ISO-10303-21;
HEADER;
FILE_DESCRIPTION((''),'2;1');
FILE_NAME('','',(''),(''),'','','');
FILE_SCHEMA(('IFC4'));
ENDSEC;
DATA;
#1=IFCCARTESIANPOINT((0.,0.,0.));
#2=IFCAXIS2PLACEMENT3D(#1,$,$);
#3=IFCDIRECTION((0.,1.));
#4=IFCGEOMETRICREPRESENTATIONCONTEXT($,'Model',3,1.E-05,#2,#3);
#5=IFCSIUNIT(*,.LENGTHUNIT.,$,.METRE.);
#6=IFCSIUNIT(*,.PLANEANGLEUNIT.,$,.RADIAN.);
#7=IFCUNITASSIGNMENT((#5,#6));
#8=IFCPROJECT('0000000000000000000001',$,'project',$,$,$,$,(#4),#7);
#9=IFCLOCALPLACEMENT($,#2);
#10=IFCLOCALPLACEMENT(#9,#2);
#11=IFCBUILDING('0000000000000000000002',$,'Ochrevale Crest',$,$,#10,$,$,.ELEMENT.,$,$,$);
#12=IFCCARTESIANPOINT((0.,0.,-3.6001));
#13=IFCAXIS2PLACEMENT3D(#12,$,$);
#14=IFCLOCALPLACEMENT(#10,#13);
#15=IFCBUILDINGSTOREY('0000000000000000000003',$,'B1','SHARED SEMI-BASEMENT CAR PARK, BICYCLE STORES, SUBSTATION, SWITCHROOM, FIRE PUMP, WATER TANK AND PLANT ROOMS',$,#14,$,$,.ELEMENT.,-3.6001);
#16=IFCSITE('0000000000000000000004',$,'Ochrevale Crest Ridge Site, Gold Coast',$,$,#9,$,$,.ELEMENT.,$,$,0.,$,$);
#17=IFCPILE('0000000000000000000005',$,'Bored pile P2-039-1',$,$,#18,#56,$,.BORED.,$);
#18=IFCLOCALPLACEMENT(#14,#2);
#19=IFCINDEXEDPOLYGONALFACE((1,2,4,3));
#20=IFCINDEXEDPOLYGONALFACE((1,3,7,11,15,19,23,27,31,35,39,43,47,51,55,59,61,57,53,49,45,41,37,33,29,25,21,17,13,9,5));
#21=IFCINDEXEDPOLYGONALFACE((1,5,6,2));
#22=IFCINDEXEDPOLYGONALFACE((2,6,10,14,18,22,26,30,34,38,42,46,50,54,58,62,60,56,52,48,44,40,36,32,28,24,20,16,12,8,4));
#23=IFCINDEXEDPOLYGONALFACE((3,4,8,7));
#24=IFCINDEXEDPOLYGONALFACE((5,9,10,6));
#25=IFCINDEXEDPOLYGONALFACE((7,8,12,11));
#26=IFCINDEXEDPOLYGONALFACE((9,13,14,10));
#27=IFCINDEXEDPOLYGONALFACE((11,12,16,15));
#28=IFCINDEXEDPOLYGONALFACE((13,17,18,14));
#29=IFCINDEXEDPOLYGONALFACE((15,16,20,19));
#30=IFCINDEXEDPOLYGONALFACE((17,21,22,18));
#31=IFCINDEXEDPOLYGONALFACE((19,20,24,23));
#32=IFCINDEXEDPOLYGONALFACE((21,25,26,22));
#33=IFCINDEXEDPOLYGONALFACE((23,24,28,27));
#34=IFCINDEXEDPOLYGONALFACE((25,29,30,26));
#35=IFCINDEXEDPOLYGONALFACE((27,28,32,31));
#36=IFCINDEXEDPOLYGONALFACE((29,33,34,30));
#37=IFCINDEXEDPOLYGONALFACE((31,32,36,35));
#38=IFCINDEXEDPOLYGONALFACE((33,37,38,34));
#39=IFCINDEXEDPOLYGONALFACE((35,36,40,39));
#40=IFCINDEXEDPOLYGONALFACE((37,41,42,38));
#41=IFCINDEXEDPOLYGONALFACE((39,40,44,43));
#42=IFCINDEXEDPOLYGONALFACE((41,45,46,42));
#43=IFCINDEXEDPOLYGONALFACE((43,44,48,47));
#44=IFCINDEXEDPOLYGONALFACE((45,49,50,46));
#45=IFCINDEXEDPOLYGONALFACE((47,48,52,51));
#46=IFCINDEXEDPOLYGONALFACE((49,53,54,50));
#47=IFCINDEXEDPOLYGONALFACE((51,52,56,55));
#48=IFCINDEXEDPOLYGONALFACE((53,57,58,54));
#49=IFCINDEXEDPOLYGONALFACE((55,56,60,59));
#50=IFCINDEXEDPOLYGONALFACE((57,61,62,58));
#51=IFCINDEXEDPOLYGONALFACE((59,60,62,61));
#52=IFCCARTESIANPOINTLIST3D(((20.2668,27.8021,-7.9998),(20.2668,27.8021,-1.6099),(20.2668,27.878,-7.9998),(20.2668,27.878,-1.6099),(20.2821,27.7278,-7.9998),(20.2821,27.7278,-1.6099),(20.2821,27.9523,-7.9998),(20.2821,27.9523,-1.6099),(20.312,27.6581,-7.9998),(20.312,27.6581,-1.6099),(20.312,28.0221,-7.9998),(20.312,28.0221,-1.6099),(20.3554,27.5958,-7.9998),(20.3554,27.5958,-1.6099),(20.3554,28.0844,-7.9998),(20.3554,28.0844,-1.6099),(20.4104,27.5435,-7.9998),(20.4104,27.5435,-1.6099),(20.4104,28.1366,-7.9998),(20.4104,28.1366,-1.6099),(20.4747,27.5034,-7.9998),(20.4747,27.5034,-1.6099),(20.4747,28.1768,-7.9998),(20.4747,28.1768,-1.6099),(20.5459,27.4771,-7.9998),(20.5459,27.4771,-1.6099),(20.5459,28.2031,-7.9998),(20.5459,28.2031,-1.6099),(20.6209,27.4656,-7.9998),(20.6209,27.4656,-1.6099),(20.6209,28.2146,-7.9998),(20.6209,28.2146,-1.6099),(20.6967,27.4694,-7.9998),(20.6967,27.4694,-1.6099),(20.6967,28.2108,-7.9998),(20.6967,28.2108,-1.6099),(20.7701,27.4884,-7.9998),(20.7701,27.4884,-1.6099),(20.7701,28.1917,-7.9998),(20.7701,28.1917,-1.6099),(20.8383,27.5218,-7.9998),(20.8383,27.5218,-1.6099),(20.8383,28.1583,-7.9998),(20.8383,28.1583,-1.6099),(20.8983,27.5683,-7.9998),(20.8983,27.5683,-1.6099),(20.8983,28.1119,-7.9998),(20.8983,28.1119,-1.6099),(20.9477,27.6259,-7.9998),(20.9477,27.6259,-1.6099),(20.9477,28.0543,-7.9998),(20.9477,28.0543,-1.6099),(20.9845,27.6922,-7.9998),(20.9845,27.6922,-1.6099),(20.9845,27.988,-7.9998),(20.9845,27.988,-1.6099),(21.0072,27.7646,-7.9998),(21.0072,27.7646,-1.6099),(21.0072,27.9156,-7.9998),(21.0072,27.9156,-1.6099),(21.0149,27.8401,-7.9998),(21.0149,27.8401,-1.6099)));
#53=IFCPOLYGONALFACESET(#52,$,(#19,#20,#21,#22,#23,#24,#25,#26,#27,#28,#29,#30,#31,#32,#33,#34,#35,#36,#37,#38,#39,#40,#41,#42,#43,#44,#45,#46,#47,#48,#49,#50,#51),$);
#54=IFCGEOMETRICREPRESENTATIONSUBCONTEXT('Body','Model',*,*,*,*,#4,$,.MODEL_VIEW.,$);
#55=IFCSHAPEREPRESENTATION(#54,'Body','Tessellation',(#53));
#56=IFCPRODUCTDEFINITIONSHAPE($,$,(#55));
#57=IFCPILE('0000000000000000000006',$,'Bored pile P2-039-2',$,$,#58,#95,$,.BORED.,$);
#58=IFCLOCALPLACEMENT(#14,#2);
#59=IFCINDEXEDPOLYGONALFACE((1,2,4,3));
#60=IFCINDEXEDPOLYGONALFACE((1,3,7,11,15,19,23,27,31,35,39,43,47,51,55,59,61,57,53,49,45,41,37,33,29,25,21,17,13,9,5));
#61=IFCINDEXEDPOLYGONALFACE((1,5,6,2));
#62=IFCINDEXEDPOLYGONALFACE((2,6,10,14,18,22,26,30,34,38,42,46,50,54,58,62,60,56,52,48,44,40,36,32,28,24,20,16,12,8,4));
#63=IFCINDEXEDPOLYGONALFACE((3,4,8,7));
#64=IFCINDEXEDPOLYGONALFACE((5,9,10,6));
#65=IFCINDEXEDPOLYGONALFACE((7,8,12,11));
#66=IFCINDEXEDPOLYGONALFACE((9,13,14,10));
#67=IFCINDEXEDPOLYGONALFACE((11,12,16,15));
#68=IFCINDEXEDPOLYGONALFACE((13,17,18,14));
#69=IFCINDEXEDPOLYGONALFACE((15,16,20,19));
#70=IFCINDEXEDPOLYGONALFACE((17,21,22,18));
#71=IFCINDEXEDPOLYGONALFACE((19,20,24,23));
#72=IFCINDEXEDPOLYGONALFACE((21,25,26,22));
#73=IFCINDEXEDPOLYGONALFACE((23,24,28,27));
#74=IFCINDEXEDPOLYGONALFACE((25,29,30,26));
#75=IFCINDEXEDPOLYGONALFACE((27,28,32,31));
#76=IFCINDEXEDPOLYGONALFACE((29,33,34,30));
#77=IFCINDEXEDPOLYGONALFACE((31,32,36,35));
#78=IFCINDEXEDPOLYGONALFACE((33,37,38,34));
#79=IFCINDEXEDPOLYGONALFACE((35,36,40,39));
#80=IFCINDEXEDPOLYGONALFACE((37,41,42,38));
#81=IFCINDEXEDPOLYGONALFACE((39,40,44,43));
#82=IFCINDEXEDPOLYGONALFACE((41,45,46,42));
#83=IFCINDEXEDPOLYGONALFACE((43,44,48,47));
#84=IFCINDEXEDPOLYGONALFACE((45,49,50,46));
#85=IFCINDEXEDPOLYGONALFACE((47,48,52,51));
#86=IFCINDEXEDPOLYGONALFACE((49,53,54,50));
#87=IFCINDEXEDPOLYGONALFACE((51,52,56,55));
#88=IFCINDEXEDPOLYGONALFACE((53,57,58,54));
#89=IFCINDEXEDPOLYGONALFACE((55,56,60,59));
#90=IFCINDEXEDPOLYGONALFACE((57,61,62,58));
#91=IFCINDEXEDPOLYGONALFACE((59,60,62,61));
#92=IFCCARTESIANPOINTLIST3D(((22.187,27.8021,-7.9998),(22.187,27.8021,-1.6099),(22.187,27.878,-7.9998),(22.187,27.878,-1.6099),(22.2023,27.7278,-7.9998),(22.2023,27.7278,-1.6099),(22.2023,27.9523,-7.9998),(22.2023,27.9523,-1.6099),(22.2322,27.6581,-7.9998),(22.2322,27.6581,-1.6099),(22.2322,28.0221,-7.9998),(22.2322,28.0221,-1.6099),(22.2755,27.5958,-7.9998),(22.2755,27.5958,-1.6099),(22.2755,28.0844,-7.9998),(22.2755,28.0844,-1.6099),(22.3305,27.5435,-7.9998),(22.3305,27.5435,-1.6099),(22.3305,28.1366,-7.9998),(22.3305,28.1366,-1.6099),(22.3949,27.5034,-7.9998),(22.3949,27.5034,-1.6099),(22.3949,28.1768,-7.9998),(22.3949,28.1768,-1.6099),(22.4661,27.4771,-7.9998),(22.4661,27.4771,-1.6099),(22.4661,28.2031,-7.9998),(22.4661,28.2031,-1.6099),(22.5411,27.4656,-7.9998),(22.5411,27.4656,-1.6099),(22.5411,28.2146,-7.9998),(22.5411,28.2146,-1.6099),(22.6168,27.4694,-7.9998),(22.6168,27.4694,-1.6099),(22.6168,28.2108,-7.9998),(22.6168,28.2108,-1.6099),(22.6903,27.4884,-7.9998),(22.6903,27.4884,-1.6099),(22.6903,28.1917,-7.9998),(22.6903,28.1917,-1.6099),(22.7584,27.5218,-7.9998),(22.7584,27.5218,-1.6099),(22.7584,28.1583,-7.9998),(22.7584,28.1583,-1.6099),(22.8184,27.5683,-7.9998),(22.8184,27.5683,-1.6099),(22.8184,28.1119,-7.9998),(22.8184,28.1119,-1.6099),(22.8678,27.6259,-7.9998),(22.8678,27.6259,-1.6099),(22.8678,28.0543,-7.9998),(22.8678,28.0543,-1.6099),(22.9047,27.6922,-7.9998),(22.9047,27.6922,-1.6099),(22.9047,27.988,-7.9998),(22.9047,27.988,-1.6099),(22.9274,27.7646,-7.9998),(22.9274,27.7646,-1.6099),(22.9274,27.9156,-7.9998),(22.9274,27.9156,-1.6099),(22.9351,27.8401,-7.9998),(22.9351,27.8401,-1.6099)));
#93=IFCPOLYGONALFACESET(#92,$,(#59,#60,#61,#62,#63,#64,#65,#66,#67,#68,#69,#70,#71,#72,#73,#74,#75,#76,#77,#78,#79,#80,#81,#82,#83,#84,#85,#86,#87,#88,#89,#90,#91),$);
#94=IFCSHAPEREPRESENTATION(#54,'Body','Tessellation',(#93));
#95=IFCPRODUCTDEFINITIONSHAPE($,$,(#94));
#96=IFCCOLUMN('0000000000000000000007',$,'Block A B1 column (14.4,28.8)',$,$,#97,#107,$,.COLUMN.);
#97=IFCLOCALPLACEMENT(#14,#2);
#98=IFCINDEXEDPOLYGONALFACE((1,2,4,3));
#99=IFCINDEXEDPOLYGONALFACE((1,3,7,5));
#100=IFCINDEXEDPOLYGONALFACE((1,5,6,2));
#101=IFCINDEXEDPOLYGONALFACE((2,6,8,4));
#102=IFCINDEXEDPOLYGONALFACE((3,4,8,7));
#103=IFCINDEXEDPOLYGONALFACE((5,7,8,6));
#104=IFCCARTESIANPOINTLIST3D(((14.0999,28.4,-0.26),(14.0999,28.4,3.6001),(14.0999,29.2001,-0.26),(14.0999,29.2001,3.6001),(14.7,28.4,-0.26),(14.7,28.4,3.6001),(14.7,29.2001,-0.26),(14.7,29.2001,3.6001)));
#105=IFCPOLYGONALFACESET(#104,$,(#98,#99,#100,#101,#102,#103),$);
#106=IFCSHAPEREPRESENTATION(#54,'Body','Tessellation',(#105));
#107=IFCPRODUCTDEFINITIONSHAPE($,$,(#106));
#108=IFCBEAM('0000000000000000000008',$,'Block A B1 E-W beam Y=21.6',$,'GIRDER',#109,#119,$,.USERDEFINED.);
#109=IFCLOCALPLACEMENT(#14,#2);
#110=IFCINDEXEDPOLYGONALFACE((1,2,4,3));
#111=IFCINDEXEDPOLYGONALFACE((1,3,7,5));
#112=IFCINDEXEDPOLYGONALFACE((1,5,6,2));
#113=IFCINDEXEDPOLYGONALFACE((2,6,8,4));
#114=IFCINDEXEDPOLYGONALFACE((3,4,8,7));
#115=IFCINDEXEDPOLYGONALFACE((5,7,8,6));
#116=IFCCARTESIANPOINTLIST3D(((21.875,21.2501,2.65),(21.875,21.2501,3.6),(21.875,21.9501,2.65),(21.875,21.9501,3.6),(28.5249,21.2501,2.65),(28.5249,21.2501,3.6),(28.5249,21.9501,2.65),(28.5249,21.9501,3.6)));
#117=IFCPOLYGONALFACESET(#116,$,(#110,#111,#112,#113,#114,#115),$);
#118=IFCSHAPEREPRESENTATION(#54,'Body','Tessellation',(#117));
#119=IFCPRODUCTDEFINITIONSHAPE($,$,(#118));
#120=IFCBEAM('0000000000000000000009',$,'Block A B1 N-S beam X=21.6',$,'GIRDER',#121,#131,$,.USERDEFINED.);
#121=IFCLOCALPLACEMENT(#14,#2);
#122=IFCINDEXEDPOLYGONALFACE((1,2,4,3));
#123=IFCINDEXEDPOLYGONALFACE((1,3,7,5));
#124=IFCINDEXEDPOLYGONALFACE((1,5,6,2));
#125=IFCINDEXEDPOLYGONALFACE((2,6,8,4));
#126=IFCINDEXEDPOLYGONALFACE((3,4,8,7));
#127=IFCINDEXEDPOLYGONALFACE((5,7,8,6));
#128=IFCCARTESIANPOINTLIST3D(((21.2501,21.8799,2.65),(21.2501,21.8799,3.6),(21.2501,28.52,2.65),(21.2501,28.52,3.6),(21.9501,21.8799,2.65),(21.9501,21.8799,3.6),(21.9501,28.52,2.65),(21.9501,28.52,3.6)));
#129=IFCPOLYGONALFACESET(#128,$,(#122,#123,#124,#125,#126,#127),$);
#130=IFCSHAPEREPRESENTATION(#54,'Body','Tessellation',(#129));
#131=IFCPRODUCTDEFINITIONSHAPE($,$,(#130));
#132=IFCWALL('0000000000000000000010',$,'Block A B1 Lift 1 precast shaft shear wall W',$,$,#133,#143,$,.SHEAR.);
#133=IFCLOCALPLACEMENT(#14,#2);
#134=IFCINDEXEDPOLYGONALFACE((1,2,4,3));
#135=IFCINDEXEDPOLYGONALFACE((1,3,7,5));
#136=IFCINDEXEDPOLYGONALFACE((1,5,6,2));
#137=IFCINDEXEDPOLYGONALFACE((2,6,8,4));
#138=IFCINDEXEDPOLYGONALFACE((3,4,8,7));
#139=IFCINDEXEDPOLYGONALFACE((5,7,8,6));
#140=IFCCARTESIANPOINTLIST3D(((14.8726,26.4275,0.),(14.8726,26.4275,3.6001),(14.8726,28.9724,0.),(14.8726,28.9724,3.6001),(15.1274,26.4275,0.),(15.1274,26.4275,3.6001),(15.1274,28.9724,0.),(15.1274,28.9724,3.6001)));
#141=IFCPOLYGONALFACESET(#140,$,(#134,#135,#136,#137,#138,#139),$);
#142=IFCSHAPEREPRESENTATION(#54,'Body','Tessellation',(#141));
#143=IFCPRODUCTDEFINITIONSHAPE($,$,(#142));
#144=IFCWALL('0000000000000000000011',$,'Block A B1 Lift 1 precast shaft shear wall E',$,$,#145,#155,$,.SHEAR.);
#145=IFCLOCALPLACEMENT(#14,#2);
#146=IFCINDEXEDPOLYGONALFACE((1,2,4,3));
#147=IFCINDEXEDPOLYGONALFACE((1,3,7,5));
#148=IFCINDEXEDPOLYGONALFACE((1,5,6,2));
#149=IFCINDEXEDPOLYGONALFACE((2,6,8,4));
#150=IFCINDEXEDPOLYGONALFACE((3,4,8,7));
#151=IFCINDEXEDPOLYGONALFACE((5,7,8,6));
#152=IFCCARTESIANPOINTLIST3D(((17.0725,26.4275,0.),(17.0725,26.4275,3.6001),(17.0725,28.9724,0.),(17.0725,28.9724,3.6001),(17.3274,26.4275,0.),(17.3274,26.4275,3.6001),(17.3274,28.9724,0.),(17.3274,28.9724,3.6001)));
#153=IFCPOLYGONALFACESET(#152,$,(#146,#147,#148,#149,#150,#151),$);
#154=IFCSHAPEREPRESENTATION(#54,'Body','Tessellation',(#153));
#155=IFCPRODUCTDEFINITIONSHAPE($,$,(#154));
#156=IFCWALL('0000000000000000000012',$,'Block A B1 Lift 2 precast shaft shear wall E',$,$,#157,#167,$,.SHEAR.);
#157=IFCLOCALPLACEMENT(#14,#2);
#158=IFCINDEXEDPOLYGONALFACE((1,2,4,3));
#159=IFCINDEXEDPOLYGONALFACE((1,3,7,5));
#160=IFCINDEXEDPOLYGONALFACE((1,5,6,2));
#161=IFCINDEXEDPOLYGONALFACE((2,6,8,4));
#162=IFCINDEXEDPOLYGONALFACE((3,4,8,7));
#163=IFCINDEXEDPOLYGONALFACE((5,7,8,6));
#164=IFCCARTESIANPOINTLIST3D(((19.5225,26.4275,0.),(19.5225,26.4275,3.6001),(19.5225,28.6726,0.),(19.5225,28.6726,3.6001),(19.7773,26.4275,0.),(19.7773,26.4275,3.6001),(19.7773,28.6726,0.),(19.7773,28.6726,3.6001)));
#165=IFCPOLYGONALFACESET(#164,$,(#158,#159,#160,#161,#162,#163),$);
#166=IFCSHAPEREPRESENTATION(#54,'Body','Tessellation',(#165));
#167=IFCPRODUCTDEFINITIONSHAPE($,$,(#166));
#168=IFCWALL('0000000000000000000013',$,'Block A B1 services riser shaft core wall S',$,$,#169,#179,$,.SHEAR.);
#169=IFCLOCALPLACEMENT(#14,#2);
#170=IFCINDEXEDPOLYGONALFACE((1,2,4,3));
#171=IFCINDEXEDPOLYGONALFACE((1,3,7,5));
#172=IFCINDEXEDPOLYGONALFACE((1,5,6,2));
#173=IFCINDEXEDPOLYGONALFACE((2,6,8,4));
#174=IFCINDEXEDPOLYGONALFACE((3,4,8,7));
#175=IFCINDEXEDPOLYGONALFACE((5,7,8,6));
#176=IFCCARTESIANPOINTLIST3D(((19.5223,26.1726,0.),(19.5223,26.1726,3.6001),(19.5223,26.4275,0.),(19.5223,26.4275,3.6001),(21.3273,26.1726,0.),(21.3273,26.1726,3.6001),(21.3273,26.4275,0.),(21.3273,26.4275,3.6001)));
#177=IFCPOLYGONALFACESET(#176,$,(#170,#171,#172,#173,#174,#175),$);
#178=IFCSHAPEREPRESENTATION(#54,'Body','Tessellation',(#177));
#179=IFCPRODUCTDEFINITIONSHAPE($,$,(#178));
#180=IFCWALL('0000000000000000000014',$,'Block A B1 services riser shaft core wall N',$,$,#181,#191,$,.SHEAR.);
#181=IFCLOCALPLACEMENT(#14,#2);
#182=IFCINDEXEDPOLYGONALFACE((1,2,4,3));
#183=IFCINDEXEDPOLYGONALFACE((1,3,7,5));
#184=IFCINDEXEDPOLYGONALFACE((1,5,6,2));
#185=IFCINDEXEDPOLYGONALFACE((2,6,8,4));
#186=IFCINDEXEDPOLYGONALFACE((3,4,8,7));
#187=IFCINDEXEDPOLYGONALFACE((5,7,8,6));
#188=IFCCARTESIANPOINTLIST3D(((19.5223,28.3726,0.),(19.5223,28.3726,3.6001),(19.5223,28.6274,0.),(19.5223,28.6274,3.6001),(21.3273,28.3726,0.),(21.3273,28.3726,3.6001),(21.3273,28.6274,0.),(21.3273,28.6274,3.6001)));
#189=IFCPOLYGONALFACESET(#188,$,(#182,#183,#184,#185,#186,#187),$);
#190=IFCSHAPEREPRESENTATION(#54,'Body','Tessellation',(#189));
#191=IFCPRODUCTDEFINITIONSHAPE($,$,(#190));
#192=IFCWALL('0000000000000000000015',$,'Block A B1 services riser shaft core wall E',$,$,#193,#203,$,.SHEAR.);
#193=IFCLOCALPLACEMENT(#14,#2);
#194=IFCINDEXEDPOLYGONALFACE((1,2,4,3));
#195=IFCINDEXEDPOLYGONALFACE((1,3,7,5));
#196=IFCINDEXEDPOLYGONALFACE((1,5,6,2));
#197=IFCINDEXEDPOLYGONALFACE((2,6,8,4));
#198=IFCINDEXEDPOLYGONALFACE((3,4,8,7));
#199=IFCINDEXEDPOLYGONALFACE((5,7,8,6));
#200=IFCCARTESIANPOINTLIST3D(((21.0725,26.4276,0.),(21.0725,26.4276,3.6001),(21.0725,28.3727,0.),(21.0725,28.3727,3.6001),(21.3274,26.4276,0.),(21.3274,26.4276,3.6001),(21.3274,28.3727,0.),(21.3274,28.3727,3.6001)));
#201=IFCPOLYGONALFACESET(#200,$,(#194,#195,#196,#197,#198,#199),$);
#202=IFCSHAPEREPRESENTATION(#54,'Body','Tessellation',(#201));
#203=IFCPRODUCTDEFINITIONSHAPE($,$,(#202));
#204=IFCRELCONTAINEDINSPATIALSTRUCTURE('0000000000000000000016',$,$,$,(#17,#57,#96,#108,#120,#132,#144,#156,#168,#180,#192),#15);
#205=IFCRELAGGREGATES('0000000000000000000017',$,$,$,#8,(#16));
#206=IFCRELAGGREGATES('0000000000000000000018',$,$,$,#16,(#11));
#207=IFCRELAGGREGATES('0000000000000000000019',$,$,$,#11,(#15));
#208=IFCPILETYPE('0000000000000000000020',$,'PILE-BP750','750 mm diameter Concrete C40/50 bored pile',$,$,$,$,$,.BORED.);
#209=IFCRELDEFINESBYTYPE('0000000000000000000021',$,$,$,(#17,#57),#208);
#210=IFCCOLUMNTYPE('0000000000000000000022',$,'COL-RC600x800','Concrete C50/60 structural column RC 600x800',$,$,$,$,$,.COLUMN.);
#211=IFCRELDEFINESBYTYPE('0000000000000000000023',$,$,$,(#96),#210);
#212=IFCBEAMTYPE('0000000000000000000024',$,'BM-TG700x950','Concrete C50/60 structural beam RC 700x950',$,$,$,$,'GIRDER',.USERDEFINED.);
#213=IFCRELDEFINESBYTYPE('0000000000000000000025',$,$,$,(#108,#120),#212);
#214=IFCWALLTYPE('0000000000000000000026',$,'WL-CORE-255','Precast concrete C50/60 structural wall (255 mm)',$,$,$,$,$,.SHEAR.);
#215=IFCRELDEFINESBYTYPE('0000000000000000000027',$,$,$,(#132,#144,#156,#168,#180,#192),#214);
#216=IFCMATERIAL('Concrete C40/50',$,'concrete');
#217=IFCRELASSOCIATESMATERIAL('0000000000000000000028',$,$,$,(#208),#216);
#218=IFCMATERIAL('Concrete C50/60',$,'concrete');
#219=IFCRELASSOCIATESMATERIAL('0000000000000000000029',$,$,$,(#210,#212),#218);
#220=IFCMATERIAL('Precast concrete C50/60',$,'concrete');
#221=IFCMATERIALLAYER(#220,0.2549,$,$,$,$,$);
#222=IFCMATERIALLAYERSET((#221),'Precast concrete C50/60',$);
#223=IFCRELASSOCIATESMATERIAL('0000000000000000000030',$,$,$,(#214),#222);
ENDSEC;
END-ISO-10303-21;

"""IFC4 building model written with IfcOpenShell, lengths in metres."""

from ifc_helpers import new_model, si_unit, direction, frame, frame_2d, origin, origin_2d, place, context, subcontext, project, spatial, rectangle, circle, extrude, material, layer, layer_set, material_profile, profile_set, type_object, element, save


model = new_model("IFC4")

# Units and contexts
model_context = context("Model", 3, precision=1e-05, world=origin(), true_north=direction((0.0, 1.0)))
body_context = subcontext(model_context, "Body", "Model", "MODEL_VIEW")
ifc_project = project(units=[si_unit("LENGTHUNIT", "METRE"), si_unit("PLANEANGLEUNIT", "RADIAN")], contexts=[model_context])

# Site, building, storey
site_placement = place(None, origin())
site = spatial("IfcSite", under=ifc_project, at=site_placement, Name="Ochrevale Crest Ridge Site, Gold Coast", CompositionType="ELEMENT", RefElevation=0.0)
building_placement = place(site_placement, origin())
building = spatial("IfcBuilding", under=site, at=building_placement, Name="Ochrevale Crest", CompositionType="ELEMENT")
storey_placement = place(building_placement, frame((0.0, 0.0, -3.6001)))
storey = spatial("IfcBuildingStorey", under=building, at=storey_placement, Name="B1", Description="SHARED SEMI-BASEMENT CAR PARK, BICYCLE STORES, SUBSTATION, SWITCHROOM, FIRE PUMP, WATER TANK AND PLANT ROOMS", CompositionType="ELEMENT", Elevation=-3.6001)

# Shared definitions
ifc_material_1 = material(Name="Concrete C40/50", Category="concrete")

# Piles
ifc_material_profile_1 = material_profile(ifc_material_1, circle(Radius=0.375, at=origin_2d()), Name="BORED PILE 750")
ifc_profile_set_1 = profile_set([ifc_material_profile_1], Name="Concrete C40/50")
pile_type = type_object("IfcPileType", Name="PILE-BP750", Description="750 mm diameter Concrete C40/50 bored pile", PredefinedType="BORED", material=ifc_profile_set_1)
for number, where, z_axis, x_axis, name in (
    (1, (20.6399, 27.8401, -1.6099), (0.0, 0.0, -1.0), (1.0, 0.0, 0.0), "Bored pile P2-039-1"),
    (2, (22.5601, 27.8401, -1.6099), (0.0, 0.0, -1.0), (1.0, 0.0, 0.0), "Bored pile P2-039-2"),
):
    element("IfcPile", number, at=place(storey_placement, frame(where, z_axis=z_axis, x_axis=x_axis)), inside=storey, type_object=pile_type, Name=name, PredefinedType="BORED", context=body_context, shape_type="SweptSolid", body=[
        extrude(circle(Radius=0.375, at=origin_2d()), origin(), (0.0, 0.0, 1.0), 6.3899),
    ])

# Column
ifc_material_2 = material(Name="Concrete C50/60", Category="concrete")
ifc_material_profile_2 = material_profile(ifc_material_2, rectangle(XDim=0.6001, YDim=0.8, at=origin_2d()), Name="RC 600x800")
ifc_profile_set_2 = profile_set([ifc_material_profile_2], Name="Concrete C50/60")
column_type = type_object("IfcColumnType", Name="COL-RC600x800", Description="Concrete C50/60 structural column RC 600x800", PredefinedType="COLUMN", material=ifc_profile_set_2)
column_placement = place(storey_placement, frame((14.3999, 28.8, -0.26), z_axis=(0.0, 0.0, 1.0), x_axis=(1.0, 0.0, 0.0)))
element("IfcColumn", 3, at=column_placement, inside=storey, type_object=column_type, Name="Block A B1 column (14.4,28.8)", PredefinedType="COLUMN", context=body_context, shape_type="SweptSolid", body=[
    extrude(rectangle(XDim=0.6001, YDim=0.8, at=origin_2d()), origin(), (0.0, 0.0, 1.0), 3.8601),
])

# Beams
ifc_material_profile_3 = material_profile(ifc_material_2, rectangle(XDim=0.7, YDim=0.95, at=origin_2d()), Name="RC 700x950")
ifc_profile_set_3 = profile_set([ifc_material_profile_3], Name="Concrete C50/60")
beam_type = type_object("IfcBeamType", Name="BM-TG700x950", Description="Concrete C50/60 structural beam RC 700x950", ElementType="GIRDER", PredefinedType="USERDEFINED", material=ifc_profile_set_3)
beam_1_placement = place(storey_placement, frame((21.875, 21.6001, 3.125), z_axis=(1.0, 0.0, 0.0), x_axis=(0.0, 1.0, 0.0)))
element("IfcBeam", 4, at=beam_1_placement, inside=storey, type_object=beam_type, Name="Block A B1 E-W beam Y=21.6", ObjectType="GIRDER", PredefinedType="USERDEFINED", context=body_context, shape_type="SweptSolid", body=[
    extrude(rectangle(XDim=0.7, YDim=0.95, at=origin_2d()), origin(), (0.0, 0.0, 1.0), 6.6499),
])
beam_2_placement = place(storey_placement, frame((21.6001, 21.8799, 3.125), z_axis=(0.0, 1.0, 0.0), x_axis=(-1.0, 0.0, 0.0)))
element("IfcBeam", 5, at=beam_2_placement, inside=storey, type_object=beam_type, Name="Block A B1 N-S beam X=21.6", ObjectType="GIRDER", PredefinedType="USERDEFINED", context=body_context, shape_type="SweptSolid", body=[
    extrude(rectangle(XDim=0.7, YDim=0.95, at=origin_2d()), origin(), (0.0, 0.0, 1.0), 6.6401),
])

# Shared definitions
ifc_material_3 = material(Name="Precast concrete C50/60", Category="concrete")
ifc_layer = layer(ifc_material_3, 0.2549)
ifc_layer_set = layer_set([ifc_layer], Name="Precast concrete C50/60")
wall_type = type_object("IfcWallType", Name="WL-CORE-255", Description="Precast concrete C50/60 structural wall (255 mm)", PredefinedType="SHEAR", material=ifc_layer_set)

# Walls
for number, where, z_axis, x_axis, name in (
    (6, (15.0, 26.4275, 0.0), (0.0, 0.0, 1.0), (0.0, 1.0, 0.0), "Block A B1 Lift 1 precast shaft shear wall W"),
    (7, (17.2, 26.4275, 0.0), (0.0, 0.0, 1.0), (0.0, 1.0, 0.0), "Block A B1 Lift 1 precast shaft shear wall E"),
):
    element("IfcWall", number, at=place(storey_placement, frame(where, z_axis=z_axis, x_axis=x_axis)), inside=storey, type_object=wall_type, Name=name, PredefinedType="SHEAR", context=body_context, shape_type="SweptSolid", body=[
        extrude(rectangle(XDim=2.5449, YDim=0.2549, at=frame_2d((1.2725, 0.0))), origin(), (0.0, 0.0, 1.0), 3.6001),
    ])

# Walls
wall_1_placement = place(storey_placement, frame((19.6499, 26.4275, 0.0), z_axis=(0.0, 0.0, 1.0), x_axis=(0.0, 1.0, 0.0)))
element("IfcWall", 8, at=wall_1_placement, inside=storey, type_object=wall_type, Name="Block A B1 Lift 2 precast shaft shear wall E", PredefinedType="SHEAR", context=body_context, shape_type="SweptSolid", body=[
    extrude(rectangle(XDim=2.2451, YDim=0.2549, at=frame_2d((1.1226, 0.0))), origin(), (0.0, 0.0, 1.0), 3.6001),
])
for number, where, z_axis, x_axis, name in (
    (9, (19.5225, 26.3, 0.0), (0.0, 0.0, 1.0), (1.0, 0.0, 0.0), "Block A B1 services riser shaft core wall S"),
    (10, (19.5225, 28.5, 0.0), (0.0, 0.0, 1.0), (1.0, 0.0, 0.0), "Block A B1 services riser shaft core wall N"),
):
    element("IfcWall", number, at=place(storey_placement, frame(where, z_axis=z_axis, x_axis=x_axis)), inside=storey, type_object=wall_type, Name=name, PredefinedType="SHEAR", context=body_context, shape_type="SweptSolid", body=[
        extrude(rectangle(XDim=1.8049, YDim=0.2549, at=frame_2d((0.9023, 0.0))), origin(), (0.0, 0.0, 1.0), 3.6001),
    ])
wall_2_placement = place(storey_placement, frame((21.2, 26.4275, 0.0), z_axis=(0.0, 0.0, 1.0), x_axis=(0.0, 1.0, 0.0)))
element("IfcWall", 11, at=wall_2_placement, inside=storey, type_object=wall_type, Name="Block A B1 services riser shaft core wall E", PredefinedType="SHEAR", context=body_context, shape_type="SweptSolid", body=[
    extrude(rectangle(XDim=1.9451, YDim=0.2549, at=frame_2d((0.9727, 0.0))), origin(), (0.0, 0.0, 1.0), 3.6001),
])

save(model, "model.ifc")
